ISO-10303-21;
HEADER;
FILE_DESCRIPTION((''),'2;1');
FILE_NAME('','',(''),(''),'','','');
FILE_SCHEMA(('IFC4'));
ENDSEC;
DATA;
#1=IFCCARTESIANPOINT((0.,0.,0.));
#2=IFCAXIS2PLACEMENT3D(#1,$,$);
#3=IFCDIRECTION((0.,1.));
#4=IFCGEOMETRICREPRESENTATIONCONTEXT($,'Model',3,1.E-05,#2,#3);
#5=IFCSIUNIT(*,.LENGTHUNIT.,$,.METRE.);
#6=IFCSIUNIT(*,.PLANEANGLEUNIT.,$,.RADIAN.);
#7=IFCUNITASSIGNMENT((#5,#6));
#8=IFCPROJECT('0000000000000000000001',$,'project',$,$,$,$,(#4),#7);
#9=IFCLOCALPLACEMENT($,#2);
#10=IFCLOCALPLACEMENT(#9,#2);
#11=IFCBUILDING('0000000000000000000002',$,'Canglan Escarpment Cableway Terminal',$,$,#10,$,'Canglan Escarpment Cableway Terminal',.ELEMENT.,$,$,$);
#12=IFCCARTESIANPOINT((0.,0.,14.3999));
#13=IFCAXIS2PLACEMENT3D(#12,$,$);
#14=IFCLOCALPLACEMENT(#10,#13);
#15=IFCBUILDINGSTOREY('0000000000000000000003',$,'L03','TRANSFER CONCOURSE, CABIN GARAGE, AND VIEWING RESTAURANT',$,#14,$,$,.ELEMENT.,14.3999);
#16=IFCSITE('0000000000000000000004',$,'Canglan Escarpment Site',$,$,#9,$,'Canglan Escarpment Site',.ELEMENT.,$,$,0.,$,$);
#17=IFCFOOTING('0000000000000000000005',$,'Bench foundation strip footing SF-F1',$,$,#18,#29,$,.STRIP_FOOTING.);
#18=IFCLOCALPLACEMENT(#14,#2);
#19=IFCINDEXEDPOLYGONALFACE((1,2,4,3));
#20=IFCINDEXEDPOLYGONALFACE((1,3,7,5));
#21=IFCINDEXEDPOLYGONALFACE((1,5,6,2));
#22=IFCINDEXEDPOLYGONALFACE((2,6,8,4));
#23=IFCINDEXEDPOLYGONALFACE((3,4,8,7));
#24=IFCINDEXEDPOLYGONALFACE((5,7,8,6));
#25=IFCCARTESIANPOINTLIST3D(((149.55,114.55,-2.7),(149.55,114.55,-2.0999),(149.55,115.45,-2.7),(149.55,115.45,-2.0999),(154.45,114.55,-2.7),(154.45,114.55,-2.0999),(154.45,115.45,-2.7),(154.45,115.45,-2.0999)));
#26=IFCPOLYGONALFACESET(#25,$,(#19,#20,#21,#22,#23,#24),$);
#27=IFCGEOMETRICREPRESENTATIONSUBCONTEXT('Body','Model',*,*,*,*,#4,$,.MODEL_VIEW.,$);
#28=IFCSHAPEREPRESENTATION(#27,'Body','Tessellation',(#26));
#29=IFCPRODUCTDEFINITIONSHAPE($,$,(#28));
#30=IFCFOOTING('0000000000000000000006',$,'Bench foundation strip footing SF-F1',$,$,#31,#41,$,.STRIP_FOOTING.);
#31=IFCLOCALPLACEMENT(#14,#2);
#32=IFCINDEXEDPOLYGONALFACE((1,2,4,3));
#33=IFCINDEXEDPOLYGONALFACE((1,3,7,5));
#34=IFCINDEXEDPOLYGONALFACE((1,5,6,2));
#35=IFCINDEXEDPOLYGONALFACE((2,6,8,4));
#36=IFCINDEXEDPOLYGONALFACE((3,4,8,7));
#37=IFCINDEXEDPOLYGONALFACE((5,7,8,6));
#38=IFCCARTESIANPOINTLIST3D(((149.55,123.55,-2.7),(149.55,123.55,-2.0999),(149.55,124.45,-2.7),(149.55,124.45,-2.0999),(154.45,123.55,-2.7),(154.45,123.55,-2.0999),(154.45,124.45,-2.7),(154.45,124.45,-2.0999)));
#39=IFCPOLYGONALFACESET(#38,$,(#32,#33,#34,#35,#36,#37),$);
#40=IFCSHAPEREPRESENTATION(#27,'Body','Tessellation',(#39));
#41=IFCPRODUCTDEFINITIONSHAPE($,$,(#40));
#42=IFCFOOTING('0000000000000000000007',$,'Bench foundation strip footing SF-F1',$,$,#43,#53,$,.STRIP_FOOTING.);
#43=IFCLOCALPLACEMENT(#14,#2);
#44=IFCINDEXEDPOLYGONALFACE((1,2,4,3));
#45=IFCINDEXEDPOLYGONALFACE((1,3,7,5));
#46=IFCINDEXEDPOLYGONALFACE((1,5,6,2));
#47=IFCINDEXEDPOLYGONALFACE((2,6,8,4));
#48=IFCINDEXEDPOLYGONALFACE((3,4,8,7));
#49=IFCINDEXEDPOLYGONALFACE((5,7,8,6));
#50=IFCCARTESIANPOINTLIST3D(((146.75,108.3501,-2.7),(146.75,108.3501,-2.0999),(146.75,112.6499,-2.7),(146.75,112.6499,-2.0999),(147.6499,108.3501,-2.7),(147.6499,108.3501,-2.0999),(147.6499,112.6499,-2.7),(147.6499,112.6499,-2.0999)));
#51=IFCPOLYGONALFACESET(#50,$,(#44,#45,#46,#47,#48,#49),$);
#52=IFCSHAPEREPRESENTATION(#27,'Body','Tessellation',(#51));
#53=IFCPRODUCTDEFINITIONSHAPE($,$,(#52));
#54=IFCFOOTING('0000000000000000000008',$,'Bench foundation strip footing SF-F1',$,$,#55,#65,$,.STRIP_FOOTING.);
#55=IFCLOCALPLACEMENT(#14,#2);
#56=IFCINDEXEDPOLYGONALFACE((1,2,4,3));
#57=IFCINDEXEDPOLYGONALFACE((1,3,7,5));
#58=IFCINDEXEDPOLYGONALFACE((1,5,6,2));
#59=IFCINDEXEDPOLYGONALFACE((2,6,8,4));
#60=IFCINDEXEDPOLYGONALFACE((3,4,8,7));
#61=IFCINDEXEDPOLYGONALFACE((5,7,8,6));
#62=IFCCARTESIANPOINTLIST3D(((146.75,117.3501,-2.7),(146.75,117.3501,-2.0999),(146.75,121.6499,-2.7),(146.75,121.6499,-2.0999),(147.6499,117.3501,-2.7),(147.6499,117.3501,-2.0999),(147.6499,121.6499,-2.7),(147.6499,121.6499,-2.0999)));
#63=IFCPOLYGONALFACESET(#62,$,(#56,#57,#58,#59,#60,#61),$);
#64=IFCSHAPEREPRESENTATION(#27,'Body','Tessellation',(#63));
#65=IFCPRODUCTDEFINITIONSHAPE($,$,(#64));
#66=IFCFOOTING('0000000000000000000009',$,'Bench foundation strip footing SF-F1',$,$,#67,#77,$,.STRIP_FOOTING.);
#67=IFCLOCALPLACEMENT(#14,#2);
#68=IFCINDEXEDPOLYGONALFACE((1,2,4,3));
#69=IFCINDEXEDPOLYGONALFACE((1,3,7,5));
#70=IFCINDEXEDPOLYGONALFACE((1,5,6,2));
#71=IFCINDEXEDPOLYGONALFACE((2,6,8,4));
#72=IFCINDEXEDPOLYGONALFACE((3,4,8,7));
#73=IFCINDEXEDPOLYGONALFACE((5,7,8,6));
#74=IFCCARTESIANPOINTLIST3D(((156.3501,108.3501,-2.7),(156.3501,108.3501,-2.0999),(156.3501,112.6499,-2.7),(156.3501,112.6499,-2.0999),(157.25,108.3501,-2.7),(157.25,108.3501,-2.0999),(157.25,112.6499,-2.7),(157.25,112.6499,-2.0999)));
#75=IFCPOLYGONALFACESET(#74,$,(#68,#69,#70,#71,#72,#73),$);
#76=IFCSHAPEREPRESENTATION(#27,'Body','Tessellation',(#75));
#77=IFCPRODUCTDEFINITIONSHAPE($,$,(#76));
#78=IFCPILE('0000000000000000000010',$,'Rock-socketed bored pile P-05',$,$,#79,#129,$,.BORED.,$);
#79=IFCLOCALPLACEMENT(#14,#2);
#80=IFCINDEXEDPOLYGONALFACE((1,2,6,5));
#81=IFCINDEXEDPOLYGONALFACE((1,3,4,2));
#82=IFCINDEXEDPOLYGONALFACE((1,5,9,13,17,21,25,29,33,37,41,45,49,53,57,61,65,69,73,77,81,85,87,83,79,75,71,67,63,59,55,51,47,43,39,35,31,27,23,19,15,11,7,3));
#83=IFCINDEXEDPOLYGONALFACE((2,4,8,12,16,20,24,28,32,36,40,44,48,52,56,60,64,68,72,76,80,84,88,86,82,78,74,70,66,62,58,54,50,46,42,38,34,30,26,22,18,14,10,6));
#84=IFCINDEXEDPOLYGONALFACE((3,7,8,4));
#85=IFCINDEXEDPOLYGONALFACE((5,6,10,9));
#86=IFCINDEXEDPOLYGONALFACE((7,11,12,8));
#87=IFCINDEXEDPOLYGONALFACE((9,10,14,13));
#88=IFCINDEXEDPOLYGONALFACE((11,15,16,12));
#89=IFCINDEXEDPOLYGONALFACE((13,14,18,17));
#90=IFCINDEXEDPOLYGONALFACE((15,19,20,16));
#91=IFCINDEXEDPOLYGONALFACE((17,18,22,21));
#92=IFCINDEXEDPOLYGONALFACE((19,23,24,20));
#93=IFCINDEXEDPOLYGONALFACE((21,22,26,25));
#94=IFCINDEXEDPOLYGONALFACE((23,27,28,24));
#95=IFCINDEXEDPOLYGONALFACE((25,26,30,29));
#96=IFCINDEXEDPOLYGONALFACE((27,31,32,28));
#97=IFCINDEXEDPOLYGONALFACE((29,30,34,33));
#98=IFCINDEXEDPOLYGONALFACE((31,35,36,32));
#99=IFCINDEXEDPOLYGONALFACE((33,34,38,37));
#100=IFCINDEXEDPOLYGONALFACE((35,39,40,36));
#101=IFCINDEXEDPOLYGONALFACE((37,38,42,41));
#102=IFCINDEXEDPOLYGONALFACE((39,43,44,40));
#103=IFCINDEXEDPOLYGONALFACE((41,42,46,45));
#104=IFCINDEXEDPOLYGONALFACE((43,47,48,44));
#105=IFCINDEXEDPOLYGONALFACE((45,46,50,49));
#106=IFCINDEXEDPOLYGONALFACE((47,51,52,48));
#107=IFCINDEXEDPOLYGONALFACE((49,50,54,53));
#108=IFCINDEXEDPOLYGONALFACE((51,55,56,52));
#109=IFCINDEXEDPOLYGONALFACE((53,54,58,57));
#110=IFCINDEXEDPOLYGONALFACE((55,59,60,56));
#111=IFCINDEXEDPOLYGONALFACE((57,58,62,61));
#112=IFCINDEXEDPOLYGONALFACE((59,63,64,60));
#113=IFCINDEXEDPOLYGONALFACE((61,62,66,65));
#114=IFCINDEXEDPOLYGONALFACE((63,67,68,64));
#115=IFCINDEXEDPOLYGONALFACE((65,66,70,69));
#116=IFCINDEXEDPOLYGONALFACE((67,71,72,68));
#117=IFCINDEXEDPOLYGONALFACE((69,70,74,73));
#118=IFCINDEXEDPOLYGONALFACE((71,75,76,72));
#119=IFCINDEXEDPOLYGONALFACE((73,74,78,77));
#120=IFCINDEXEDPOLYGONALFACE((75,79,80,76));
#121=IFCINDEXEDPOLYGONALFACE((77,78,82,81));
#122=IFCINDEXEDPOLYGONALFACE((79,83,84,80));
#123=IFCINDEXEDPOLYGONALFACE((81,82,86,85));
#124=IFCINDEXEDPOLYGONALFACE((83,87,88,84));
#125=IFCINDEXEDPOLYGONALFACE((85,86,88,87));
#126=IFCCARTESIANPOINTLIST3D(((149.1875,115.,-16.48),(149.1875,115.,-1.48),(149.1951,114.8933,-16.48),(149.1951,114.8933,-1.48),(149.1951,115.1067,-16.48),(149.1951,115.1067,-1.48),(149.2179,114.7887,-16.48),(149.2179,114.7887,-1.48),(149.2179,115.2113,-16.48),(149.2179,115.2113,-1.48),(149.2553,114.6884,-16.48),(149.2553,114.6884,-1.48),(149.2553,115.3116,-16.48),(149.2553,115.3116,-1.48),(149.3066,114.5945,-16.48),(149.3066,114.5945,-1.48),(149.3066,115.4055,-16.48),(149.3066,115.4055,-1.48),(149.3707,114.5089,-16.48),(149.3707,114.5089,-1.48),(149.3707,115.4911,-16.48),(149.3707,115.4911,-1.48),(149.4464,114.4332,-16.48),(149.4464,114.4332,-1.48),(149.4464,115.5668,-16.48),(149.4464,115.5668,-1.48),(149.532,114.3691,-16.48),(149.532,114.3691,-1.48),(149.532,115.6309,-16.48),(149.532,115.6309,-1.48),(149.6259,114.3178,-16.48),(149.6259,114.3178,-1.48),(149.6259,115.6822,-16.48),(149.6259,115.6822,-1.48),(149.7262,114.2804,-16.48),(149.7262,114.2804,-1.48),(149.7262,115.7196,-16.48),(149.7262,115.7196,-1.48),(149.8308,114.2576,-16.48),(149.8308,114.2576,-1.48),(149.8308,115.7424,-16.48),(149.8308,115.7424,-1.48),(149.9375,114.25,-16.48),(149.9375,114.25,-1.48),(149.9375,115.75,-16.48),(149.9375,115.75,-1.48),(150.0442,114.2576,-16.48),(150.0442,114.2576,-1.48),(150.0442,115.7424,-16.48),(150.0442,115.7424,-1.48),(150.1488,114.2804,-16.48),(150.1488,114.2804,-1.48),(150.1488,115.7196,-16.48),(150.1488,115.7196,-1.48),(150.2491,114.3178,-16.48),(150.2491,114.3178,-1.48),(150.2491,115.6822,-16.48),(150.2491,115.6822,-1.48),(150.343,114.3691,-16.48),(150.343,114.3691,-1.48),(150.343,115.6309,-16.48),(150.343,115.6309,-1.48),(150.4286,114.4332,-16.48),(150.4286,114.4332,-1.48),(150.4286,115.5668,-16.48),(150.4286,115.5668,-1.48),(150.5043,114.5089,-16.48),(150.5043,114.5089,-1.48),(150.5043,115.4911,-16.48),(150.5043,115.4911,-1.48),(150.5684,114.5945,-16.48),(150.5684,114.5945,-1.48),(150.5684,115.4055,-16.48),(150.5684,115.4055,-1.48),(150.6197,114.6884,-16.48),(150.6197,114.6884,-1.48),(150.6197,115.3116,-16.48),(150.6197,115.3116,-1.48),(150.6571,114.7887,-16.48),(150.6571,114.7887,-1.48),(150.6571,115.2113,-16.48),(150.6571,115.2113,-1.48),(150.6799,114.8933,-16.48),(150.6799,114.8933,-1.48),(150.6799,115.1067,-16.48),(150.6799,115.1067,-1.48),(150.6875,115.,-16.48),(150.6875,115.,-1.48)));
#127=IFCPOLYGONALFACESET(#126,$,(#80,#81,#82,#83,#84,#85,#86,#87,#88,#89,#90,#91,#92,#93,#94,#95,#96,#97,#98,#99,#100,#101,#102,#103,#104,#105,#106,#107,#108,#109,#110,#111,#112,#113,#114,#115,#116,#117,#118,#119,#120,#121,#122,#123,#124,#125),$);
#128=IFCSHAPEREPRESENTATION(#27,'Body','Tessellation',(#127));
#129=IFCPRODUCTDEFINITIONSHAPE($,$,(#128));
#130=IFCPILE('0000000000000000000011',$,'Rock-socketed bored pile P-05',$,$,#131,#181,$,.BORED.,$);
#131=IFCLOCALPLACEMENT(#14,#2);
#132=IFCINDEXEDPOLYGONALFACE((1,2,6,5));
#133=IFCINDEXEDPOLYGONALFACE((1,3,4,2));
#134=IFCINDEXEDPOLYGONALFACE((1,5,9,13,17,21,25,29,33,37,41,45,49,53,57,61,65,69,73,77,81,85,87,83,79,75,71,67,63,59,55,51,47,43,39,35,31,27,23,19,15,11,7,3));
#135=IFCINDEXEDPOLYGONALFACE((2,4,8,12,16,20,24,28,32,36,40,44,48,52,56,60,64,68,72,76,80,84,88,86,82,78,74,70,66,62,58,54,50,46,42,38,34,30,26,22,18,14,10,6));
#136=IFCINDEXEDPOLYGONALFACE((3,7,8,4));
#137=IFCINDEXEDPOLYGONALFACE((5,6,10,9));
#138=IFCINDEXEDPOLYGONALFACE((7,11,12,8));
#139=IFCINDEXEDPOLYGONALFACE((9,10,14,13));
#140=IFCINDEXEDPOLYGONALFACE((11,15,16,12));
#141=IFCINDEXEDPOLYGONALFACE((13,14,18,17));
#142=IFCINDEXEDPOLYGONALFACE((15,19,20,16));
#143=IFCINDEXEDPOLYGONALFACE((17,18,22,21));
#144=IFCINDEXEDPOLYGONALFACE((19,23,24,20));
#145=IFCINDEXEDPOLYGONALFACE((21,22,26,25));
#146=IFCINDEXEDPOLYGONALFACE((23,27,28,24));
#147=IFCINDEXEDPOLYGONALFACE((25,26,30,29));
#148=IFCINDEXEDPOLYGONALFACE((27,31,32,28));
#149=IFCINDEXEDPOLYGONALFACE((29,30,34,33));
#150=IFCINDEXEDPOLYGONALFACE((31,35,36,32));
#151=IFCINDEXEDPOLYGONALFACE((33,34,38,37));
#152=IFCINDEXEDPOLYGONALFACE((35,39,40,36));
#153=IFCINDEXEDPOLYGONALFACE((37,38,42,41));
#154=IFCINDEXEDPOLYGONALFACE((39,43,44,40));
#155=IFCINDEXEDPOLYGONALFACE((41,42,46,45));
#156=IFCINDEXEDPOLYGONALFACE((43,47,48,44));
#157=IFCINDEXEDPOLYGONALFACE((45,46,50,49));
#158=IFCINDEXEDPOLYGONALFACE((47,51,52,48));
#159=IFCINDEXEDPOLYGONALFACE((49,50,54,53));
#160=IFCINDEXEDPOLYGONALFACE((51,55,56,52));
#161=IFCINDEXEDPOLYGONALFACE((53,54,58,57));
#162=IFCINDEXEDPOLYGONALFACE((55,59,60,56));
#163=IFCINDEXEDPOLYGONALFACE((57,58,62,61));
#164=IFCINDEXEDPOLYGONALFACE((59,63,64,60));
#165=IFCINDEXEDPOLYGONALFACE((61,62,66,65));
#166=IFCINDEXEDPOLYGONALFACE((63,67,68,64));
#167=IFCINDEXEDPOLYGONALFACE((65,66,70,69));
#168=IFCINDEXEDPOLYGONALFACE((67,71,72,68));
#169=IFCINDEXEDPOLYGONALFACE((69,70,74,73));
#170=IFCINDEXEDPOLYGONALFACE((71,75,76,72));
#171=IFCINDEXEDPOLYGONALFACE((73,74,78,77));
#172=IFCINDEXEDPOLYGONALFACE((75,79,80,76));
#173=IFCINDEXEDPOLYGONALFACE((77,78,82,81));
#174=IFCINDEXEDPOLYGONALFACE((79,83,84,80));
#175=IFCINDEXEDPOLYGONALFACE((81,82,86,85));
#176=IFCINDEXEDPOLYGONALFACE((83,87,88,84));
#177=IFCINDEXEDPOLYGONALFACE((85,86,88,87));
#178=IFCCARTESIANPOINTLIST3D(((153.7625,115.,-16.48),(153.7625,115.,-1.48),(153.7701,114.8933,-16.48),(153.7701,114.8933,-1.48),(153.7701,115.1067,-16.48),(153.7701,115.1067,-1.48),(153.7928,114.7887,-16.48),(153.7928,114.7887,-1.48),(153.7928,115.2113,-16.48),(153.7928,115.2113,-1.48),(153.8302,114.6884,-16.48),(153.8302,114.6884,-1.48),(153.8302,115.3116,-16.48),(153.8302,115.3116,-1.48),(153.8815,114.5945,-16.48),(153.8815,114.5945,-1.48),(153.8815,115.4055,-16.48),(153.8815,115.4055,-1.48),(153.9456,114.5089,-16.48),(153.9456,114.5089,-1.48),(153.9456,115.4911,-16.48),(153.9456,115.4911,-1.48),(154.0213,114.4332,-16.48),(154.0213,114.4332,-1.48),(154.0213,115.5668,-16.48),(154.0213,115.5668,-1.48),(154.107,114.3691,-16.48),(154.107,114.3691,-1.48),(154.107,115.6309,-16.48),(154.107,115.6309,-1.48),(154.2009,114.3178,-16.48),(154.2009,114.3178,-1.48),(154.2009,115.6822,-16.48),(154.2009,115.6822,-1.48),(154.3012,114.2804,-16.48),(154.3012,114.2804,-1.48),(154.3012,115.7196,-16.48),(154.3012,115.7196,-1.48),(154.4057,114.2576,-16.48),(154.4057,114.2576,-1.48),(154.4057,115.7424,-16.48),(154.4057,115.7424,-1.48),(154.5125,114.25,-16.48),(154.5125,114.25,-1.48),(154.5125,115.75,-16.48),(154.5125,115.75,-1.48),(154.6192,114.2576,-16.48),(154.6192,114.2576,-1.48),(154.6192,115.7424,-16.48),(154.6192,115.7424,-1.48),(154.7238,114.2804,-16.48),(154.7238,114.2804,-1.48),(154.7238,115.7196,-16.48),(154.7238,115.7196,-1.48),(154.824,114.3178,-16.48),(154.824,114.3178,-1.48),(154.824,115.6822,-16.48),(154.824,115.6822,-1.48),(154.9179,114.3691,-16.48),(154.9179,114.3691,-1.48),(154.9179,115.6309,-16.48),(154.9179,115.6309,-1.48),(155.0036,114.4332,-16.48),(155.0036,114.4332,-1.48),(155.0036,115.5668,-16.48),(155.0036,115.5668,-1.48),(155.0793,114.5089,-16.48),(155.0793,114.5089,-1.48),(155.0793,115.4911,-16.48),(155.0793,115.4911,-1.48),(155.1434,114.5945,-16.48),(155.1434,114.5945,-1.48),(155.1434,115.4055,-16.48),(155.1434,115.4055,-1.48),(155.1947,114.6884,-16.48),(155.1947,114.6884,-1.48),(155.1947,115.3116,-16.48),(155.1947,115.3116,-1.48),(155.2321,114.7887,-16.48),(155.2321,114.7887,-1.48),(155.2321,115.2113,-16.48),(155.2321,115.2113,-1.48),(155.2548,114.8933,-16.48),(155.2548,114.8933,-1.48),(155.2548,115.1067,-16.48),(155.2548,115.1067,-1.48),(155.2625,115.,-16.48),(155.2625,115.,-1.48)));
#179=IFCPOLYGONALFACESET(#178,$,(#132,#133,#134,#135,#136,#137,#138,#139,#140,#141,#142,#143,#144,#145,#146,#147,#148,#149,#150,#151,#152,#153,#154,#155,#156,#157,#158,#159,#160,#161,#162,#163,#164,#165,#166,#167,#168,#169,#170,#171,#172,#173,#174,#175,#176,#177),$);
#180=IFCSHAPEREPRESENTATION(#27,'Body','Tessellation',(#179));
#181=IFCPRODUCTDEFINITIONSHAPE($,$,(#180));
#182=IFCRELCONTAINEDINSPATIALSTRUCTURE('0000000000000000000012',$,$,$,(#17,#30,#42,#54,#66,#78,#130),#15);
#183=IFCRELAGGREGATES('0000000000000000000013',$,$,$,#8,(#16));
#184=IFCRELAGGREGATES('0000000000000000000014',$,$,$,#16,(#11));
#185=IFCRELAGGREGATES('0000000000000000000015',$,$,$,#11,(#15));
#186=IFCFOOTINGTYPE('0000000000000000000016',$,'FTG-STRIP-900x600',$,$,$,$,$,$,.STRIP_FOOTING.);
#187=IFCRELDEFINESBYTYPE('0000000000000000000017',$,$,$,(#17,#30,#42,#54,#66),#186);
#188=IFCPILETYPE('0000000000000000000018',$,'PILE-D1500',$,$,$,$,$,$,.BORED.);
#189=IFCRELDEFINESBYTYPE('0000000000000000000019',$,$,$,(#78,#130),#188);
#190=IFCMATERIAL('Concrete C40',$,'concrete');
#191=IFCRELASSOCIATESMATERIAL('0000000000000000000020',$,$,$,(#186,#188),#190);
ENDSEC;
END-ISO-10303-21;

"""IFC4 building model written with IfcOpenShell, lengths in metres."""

from ifc_helpers import new_model, si_unit, direction, frame, origin, origin_2d, place, context, subcontext, project, spatial, rectangle, circle, extrude, material, material_profile, profile_set, type_object, element, save


model = new_model("IFC4")

# Units and contexts
model_context = context("Model", 3, precision=1e-05, world=origin(), true_north=direction((0.0, 1.0)))
body_context = subcontext(model_context, "Body", "Model", "MODEL_VIEW")
ifc_project = project(units=[si_unit("LENGTHUNIT", "METRE"), si_unit("PLANEANGLEUNIT", "RADIAN")], contexts=[model_context])

# Site, building, storey
site_placement = place(None, origin())
site = spatial("IfcSite", under=ifc_project, at=site_placement, Name="Canglan Escarpment Site", LongName="Canglan Escarpment Site", CompositionType="ELEMENT", RefElevation=0.0)
building_placement = place(site_placement, origin())
building = spatial("IfcBuilding", under=site, at=building_placement, Name="Canglan Escarpment Cableway Terminal", LongName="Canglan Escarpment Cableway Terminal", CompositionType="ELEMENT")
storey_placement = place(building_placement, frame((0.0, 0.0, 14.3999)))
storey = spatial("IfcBuildingStorey", under=building, at=storey_placement, Name="L03", Description="TRANSFER CONCOURSE, CABIN GARAGE, AND VIEWING RESTAURANT", CompositionType="ELEMENT", Elevation=14.3999)

# Footings
ifc_material_1 = material(Name="Concrete C40", Category="concrete")
ifc_material_profile_1 = material_profile(ifc_material_1, rectangle(XDim=0.8999, YDim=0.6001, at=origin_2d()), Name="SF 900x600")
ifc_profile_set_1 = profile_set([ifc_material_profile_1], Name="Concrete C40")
footing_type = type_object("IfcFootingType", Name="FTG-STRIP-900x600", PredefinedType="STRIP_FOOTING", material=ifc_profile_set_1)
for number, where, z_axis, x_axis, name in (
    (1, (149.55, 115.0, -2.3999), (1.0, 0.0, 0.0), (0.0, 1.0, 0.0), "Bench foundation strip footing SF-F1"),
    (2, (149.55, 124.0, -2.3999), (1.0, 0.0, 0.0), (0.0, 1.0, 0.0), "Bench foundation strip footing SF-F1"),
):
    element("IfcFooting", number, at=place(storey_placement, frame(where, z_axis=z_axis, x_axis=x_axis)), inside=storey, type_object=footing_type, Name=name, PredefinedType="STRIP_FOOTING", context=body_context, shape_type="SweptSolid", body=[
        extrude(rectangle(XDim=0.8999, YDim=0.6001, at=origin_2d()), origin(), (0.0, 0.0, 1.0), 4.8999),
    ])
for number, where, z_axis, x_axis, name in (
    (3, (147.2, 108.3501, -2.3999), (0.0, 1.0, 0.0), (-1.0, 0.0, 0.0), "Bench foundation strip footing SF-F1"),
    (4, (147.2, 117.3501, -2.3999), (0.0, 1.0, 0.0), (-1.0, 0.0, 0.0), "Bench foundation strip footing SF-F1"),
    (5, (156.8, 108.3501, -2.3999), (0.0, 1.0, 0.0), (-1.0, 0.0, 0.0), "Bench foundation strip footing SF-F1"),
):
    element("IfcFooting", number, at=place(storey_placement, frame(where, z_axis=z_axis, x_axis=x_axis)), inside=storey, type_object=footing_type, Name=name, PredefinedType="STRIP_FOOTING", context=body_context, shape_type="SweptSolid", body=[
        extrude(rectangle(XDim=0.8999, YDim=0.6001, at=origin_2d()), origin(), (0.0, 0.0, 1.0), 4.2998),
    ])

# Piles
ifc_material_profile_2 = material_profile(ifc_material_1, circle(Radius=0.75, at=origin_2d()), Name="BORED PILE D1500")
ifc_profile_set_2 = profile_set([ifc_material_profile_2], Name="Concrete C40")
pile_type = type_object("IfcPileType", Name="PILE-D1500", PredefinedType="BORED", material=ifc_profile_set_2)
for number, where, z_axis, x_axis, name in (
    (6, (149.9375, 115.0, -1.48), (0.0, 0.0, -1.0), (1.0, 0.0, 0.0), "Rock-socketed bored pile P-05"),
    (7, (154.5125, 115.0, -1.48), (0.0, 0.0, -1.0), (1.0, 0.0, 0.0), "Rock-socketed bored pile P-05"),
):
    element("IfcPile", number, at=place(storey_placement, frame(where, z_axis=z_axis, x_axis=x_axis)), inside=storey, type_object=pile_type, Name=name, PredefinedType="BORED", context=body_context, shape_type="SweptSolid", body=[
        extrude(circle(Radius=0.75, at=origin_2d()), origin(), (0.0, 0.0, 1.0), 15.0),
    ])

save(model, "model.ifc")
